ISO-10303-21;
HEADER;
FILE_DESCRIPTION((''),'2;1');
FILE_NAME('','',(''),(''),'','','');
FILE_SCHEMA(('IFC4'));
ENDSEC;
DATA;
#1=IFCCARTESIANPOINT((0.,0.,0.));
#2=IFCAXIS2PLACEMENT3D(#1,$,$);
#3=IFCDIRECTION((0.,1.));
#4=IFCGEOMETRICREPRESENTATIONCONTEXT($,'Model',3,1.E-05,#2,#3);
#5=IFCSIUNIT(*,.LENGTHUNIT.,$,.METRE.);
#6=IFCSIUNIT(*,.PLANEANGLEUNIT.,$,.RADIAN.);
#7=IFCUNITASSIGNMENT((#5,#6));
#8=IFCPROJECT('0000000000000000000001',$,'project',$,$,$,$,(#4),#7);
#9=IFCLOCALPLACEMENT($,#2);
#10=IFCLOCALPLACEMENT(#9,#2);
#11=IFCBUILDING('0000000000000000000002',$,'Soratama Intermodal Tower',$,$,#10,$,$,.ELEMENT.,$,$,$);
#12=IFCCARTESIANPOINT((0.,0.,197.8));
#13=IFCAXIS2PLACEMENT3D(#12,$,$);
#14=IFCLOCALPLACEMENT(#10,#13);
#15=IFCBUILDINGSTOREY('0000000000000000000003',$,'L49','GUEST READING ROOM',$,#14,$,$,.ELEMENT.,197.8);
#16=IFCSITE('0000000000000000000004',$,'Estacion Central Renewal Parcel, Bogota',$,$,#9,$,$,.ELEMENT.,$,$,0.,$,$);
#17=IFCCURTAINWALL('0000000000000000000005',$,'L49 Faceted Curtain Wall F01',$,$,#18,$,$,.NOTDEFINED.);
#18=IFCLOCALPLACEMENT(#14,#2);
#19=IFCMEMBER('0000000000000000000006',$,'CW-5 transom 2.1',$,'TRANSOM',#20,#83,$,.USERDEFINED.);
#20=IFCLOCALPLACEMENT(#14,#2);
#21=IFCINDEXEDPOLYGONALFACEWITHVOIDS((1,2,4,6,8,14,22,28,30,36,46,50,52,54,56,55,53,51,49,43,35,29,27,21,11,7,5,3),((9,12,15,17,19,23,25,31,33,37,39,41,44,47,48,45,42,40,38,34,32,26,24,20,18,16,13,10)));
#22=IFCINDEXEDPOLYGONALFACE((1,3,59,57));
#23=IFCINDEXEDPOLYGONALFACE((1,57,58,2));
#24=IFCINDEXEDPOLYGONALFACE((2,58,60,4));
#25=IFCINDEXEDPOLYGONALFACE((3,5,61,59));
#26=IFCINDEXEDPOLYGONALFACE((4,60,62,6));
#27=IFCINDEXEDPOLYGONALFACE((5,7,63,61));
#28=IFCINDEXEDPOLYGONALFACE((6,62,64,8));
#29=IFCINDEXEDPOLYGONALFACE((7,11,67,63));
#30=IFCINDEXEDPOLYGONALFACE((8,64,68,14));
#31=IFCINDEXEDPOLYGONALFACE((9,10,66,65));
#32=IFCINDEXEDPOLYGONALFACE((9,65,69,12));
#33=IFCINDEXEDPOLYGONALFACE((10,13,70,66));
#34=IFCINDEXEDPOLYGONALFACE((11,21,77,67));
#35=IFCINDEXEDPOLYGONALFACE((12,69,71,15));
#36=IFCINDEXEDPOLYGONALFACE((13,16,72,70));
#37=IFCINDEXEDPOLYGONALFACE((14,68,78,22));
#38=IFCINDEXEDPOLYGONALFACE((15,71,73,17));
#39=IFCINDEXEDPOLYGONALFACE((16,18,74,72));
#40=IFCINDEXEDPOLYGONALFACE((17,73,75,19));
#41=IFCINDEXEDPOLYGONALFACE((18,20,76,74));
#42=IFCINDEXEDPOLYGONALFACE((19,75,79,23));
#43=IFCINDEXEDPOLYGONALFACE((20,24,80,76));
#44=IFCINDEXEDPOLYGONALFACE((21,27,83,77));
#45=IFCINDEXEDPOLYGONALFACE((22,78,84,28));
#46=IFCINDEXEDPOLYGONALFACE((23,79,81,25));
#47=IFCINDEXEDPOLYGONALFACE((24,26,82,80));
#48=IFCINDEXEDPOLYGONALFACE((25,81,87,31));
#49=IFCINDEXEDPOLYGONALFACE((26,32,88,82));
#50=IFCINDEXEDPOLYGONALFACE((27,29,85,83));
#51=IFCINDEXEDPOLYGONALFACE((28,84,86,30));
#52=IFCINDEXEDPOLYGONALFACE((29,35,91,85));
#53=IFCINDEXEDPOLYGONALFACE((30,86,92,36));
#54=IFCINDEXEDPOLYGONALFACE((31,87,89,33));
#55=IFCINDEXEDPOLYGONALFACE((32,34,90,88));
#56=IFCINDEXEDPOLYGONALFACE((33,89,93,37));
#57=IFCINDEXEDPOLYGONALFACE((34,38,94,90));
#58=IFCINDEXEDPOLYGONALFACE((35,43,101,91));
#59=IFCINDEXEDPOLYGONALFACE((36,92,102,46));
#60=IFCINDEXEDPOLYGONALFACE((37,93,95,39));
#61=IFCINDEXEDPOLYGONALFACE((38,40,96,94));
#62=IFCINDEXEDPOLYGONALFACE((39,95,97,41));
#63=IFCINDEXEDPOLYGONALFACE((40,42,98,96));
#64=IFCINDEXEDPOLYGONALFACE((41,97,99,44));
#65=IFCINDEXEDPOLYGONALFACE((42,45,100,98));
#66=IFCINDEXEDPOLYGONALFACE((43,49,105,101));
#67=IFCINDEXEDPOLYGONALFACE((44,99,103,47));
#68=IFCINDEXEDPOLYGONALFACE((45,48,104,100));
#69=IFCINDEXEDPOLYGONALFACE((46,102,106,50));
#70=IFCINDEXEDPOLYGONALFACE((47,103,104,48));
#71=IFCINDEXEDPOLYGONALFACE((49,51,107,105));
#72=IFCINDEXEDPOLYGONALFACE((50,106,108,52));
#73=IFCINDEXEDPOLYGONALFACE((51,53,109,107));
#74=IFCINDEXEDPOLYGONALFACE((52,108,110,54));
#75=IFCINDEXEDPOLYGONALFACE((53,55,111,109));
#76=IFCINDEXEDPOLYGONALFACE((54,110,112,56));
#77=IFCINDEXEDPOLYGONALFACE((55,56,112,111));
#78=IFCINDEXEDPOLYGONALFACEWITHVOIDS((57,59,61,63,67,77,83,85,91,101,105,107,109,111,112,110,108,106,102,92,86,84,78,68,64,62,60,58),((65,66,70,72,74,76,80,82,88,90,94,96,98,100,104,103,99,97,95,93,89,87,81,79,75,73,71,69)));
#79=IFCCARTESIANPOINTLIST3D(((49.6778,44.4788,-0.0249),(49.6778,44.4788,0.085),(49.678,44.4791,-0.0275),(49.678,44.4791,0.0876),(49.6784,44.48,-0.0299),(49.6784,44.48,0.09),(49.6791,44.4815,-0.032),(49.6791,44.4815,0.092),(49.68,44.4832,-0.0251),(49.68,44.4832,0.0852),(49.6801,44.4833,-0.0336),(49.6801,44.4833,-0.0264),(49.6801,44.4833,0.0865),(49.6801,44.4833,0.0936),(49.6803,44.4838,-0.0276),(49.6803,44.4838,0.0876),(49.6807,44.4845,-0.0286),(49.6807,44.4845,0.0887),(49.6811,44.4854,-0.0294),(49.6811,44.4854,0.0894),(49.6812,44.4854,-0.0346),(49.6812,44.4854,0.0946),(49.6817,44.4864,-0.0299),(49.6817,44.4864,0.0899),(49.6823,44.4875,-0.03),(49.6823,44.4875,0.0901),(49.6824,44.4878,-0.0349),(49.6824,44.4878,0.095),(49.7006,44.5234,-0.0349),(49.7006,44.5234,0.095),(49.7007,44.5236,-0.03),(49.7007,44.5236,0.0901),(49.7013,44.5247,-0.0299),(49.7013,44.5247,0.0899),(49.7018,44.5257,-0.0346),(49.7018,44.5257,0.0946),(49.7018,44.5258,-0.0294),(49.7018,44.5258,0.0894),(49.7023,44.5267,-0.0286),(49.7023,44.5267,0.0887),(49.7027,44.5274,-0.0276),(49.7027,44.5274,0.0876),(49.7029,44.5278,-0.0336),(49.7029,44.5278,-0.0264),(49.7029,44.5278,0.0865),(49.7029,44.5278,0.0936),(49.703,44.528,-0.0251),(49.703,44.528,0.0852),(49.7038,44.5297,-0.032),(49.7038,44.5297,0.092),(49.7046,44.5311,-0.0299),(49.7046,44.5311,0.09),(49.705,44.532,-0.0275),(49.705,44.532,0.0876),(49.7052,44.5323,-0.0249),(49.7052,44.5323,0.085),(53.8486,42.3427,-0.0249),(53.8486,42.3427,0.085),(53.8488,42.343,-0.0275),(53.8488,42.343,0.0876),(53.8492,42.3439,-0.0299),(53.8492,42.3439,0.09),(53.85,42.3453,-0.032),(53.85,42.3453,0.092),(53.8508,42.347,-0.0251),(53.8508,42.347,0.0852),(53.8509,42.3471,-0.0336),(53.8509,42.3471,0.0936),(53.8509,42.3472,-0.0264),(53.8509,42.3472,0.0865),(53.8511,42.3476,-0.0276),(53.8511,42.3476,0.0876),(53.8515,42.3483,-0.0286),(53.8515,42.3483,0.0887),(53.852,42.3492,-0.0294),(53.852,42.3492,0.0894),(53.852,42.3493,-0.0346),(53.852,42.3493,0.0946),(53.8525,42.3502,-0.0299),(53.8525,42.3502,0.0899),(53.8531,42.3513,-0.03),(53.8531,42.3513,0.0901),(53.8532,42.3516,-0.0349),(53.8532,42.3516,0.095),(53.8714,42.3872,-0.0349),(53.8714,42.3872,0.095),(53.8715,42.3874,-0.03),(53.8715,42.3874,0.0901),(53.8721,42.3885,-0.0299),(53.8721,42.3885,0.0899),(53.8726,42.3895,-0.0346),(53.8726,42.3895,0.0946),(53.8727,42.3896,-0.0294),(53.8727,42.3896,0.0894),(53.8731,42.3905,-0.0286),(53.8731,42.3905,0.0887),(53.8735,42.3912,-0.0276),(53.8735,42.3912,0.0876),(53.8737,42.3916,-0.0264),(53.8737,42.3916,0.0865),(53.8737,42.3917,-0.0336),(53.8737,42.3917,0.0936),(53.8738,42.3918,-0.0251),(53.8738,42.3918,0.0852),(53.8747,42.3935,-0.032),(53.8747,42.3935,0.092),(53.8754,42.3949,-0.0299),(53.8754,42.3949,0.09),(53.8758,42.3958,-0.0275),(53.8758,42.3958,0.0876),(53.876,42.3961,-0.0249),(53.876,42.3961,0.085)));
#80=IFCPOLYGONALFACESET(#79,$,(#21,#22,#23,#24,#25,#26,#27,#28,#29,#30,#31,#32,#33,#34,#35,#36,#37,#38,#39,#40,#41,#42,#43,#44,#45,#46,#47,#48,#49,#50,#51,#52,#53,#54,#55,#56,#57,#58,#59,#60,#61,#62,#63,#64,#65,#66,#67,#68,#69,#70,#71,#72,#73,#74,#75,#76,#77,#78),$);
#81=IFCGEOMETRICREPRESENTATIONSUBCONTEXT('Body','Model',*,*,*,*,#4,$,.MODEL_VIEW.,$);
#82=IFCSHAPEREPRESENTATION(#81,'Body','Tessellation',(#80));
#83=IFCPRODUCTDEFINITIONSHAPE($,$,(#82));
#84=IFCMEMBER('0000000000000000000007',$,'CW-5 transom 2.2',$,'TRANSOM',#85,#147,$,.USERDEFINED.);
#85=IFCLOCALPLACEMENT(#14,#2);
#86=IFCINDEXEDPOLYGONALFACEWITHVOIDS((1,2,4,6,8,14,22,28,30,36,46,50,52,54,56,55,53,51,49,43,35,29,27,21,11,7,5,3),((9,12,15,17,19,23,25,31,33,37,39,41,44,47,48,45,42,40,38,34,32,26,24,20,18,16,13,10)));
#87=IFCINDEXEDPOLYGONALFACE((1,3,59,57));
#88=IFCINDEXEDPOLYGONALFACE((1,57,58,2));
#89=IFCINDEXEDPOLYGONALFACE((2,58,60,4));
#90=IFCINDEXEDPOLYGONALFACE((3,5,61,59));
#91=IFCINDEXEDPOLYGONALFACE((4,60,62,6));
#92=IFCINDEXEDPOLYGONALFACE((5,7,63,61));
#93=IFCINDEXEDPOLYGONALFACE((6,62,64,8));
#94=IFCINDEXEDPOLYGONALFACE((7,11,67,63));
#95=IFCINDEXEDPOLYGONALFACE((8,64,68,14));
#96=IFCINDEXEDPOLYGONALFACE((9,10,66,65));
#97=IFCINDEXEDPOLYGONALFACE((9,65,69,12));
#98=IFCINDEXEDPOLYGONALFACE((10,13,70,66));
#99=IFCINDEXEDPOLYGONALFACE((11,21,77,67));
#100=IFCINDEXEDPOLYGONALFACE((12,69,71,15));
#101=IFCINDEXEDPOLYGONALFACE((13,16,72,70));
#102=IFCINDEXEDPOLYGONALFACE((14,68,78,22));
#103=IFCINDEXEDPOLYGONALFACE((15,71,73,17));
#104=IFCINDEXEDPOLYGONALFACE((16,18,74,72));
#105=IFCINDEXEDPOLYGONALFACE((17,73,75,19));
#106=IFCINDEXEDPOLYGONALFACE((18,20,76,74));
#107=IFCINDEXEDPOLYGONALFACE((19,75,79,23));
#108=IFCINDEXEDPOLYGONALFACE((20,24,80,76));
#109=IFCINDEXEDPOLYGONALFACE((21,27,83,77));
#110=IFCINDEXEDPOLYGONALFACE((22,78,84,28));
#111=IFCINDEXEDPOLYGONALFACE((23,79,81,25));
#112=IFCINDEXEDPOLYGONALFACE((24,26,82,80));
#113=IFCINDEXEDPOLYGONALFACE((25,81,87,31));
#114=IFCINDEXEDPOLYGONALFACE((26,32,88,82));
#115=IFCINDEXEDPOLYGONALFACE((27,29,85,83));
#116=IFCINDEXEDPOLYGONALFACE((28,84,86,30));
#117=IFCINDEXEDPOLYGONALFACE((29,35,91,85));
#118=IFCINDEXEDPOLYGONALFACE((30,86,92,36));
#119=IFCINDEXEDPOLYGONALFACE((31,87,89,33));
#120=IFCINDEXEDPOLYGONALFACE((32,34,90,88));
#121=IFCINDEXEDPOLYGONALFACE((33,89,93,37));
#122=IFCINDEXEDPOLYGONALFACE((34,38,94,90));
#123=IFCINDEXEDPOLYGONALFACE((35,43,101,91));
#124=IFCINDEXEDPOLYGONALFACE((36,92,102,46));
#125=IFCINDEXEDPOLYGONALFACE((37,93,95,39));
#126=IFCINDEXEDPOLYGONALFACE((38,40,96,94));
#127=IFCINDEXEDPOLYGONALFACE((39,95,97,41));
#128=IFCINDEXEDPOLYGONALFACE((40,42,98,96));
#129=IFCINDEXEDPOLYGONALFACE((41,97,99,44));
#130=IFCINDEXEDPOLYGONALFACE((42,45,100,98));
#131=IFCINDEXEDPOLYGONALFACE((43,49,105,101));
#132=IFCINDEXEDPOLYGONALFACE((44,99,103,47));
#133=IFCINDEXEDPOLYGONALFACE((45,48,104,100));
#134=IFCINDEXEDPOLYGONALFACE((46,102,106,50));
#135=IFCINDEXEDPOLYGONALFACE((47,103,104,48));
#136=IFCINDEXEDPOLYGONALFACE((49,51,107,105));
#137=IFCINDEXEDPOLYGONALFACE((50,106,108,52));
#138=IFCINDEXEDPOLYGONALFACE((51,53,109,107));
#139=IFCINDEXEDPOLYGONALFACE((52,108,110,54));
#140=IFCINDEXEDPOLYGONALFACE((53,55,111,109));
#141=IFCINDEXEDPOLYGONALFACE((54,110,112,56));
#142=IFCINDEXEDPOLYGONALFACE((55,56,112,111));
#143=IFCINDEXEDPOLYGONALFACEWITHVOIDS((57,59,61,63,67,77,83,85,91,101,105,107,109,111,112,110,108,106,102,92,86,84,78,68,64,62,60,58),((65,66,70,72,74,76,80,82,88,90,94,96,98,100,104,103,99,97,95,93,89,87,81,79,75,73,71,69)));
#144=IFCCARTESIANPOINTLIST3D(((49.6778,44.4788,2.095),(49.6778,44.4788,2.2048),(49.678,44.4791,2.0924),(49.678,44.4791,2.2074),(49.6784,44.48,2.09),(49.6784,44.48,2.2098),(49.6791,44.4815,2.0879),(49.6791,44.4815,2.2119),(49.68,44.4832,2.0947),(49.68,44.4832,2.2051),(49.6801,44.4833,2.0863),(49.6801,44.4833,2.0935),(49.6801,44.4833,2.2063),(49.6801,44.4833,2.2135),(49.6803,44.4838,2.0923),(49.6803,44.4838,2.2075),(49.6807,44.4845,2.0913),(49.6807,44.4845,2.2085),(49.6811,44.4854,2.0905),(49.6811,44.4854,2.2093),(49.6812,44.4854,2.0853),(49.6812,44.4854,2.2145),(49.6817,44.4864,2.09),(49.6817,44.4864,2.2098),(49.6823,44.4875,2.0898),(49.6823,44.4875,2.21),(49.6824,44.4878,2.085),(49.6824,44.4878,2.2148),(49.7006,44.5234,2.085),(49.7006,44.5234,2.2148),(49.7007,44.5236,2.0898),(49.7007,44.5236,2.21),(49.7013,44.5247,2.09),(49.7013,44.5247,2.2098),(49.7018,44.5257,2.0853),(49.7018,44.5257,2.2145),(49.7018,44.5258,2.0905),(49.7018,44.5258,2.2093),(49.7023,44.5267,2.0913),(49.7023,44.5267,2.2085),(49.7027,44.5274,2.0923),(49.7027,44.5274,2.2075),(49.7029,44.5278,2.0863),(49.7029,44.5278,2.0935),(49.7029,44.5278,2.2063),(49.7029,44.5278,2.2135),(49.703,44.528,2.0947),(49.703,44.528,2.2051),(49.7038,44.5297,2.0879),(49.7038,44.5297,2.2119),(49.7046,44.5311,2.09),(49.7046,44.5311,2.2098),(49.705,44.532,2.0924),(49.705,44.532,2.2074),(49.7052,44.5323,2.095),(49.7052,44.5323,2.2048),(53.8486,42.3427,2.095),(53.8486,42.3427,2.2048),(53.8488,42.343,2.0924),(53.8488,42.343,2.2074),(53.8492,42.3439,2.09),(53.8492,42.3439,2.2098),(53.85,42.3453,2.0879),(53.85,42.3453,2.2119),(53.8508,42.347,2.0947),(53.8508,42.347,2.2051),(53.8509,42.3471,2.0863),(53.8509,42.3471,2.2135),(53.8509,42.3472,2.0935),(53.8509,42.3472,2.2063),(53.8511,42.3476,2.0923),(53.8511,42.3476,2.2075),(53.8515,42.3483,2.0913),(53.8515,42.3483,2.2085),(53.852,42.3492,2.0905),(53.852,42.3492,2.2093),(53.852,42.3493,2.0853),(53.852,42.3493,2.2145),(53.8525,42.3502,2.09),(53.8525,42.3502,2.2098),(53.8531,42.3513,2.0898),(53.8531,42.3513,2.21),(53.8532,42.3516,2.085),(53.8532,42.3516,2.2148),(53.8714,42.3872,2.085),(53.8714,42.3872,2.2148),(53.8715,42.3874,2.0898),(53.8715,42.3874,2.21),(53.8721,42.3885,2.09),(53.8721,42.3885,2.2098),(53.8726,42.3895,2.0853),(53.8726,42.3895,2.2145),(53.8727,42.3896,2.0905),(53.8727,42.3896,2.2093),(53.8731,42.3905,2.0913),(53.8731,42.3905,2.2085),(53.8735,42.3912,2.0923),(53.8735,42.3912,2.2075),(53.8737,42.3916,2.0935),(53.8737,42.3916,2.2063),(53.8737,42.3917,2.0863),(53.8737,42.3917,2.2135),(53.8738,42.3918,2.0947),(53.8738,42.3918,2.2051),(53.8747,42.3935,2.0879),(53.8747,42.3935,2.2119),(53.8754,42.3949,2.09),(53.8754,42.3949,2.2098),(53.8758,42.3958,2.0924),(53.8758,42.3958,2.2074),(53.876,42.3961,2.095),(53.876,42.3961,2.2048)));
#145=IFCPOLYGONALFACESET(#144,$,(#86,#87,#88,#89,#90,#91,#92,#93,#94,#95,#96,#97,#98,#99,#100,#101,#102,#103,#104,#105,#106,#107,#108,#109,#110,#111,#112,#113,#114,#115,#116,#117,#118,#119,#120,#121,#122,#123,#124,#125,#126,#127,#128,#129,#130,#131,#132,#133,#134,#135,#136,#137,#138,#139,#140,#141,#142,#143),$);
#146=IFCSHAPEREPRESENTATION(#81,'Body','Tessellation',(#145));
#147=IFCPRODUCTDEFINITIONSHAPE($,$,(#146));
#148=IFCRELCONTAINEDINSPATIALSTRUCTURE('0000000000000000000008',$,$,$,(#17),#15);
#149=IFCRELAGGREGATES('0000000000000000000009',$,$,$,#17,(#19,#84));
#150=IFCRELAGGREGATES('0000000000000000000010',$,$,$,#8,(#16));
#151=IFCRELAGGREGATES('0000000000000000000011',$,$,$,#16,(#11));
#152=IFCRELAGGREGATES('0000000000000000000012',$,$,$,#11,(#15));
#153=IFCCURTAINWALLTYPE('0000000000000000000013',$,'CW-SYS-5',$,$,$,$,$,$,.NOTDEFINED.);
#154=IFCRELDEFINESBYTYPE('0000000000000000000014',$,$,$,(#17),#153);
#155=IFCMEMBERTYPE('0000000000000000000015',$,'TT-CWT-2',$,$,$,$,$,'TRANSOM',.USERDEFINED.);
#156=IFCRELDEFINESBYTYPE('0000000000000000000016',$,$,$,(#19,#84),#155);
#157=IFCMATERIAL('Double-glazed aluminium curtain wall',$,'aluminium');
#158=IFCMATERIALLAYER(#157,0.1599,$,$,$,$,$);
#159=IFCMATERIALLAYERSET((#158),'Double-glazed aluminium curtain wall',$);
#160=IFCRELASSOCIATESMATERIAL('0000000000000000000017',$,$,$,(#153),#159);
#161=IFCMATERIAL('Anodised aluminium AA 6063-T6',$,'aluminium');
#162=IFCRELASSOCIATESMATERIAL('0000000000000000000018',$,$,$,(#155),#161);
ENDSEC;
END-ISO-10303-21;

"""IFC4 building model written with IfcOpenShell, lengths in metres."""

from ifc_helpers import new_model, si_unit, direction, frame, origin, origin_2d, place, context, subcontext, project, spatial, hollow_rectangle, extrude, material, layer, layer_set, material_profile, profile_set, type_object, element, aggregate, save


model = new_model("IFC4")

# Units and contexts
model_context = context("Model", 3, precision=1e-05, world=origin(), true_north=direction((0.0, 1.0)))
body_context = subcontext(model_context, "Body", "Model", "MODEL_VIEW")
ifc_project = project(units=[si_unit("LENGTHUNIT", "METRE"), si_unit("PLANEANGLEUNIT", "RADIAN")], contexts=[model_context])

# Site, building, storey
site_placement = place(None, origin())
site = spatial("IfcSite", under=ifc_project, at=site_placement, Name="Estacion Central Renewal Parcel, Bogota", CompositionType="ELEMENT", RefElevation=0.0)
building_placement = place(site_placement, origin())
building = spatial("IfcBuilding", under=site, at=building_placement, Name="Soratama Intermodal Tower", CompositionType="ELEMENT")
storey_placement = place(building_placement, frame((0.0, 0.0, 197.8)))
storey = spatial("IfcBuildingStorey", under=building, at=storey_placement, Name="L49", Description="GUEST READING ROOM", CompositionType="ELEMENT", Elevation=197.8)

# Curtain wall
ifc_material_1 = material(Name="Double-glazed aluminium curtain wall", Category="aluminium")
ifc_layer_1 = layer(ifc_material_1, 0.1599)
ifc_layer_set_1 = layer_set([ifc_layer_1], Name="Double-glazed aluminium curtain wall")
curtain_wall_type = type_object("IfcCurtainWallType", Name="CW-SYS-5", PredefinedType="NOTDEFINED", material=ifc_layer_set_1)
curtain_wall_1_placement = place(storey_placement, origin())
curtain_wall_1 = element("IfcCurtainWall", 1, at=curtain_wall_1_placement, inside=storey, type_object=curtain_wall_type, Name="L49 Faceted Curtain Wall F01", PredefinedType="NOTDEFINED")

# Members
ifc_material_2 = material(Name="Anodised aluminium AA 6063-T6", Category="aluminium")
ifc_material_profile_1 = material_profile(ifc_material_2, hollow_rectangle(XDim=0.0601, YDim=0.1299, WallThickness=0.0049, InnerFilletRadius=0.0049, OuterFilletRadius=0.01, at=origin_2d()), Name="CWT130X60X5")
ifc_profile_set_1 = profile_set([ifc_material_profile_1], Name="Anodised aluminium AA 6063-T6")
member_type_1 = type_object("IfcMemberType", Name="TT-CWT-2", ElementType="TRANSOM", PredefinedType="USERDEFINED", material=ifc_profile_set_1)
member_1_placement = place(storey_placement, frame((53.8623, 42.3694, 0.03), z_axis=(-0.890051, 0.455862, 0.0), x_axis=(-0.455862, -0.890051, 0.0)))
member_1 = element("IfcMember", 2, at=member_1_placement, type_object=member_type_1, Name="CW-5 transom 2.1", ObjectType="TRANSOM", PredefinedType="USERDEFINED", context=body_context, shape_type="SweptSolid", body=[
    extrude(hollow_rectangle(XDim=0.0601, YDim=0.1299, WallThickness=0.0049, InnerFilletRadius=0.0049, OuterFilletRadius=0.01, at=origin_2d()), origin(), (0.0, 0.0, 1.0), 4.686),
])
member_2_placement = place(storey_placement, frame((53.8623, 42.3694, 2.1499), z_axis=(-0.890051, 0.455862, 0.0), x_axis=(-0.455862, -0.890051, 0.0)))
member_2 = element("IfcMember", 3, at=member_2_placement, type_object=member_type_1, Name="CW-5 transom 2.2", ObjectType="TRANSOM", PredefinedType="USERDEFINED", context=body_context, shape_type="SweptSolid", body=[
    extrude(hollow_rectangle(XDim=0.0601, YDim=0.1299, WallThickness=0.0049, InnerFilletRadius=0.0049, OuterFilletRadius=0.01, at=origin_2d()), origin(), (0.0, 0.0, 1.0), 4.686),
])

aggregate(curtain_wall_1, [member_1, member_2])

save(model, "model.ifc")
